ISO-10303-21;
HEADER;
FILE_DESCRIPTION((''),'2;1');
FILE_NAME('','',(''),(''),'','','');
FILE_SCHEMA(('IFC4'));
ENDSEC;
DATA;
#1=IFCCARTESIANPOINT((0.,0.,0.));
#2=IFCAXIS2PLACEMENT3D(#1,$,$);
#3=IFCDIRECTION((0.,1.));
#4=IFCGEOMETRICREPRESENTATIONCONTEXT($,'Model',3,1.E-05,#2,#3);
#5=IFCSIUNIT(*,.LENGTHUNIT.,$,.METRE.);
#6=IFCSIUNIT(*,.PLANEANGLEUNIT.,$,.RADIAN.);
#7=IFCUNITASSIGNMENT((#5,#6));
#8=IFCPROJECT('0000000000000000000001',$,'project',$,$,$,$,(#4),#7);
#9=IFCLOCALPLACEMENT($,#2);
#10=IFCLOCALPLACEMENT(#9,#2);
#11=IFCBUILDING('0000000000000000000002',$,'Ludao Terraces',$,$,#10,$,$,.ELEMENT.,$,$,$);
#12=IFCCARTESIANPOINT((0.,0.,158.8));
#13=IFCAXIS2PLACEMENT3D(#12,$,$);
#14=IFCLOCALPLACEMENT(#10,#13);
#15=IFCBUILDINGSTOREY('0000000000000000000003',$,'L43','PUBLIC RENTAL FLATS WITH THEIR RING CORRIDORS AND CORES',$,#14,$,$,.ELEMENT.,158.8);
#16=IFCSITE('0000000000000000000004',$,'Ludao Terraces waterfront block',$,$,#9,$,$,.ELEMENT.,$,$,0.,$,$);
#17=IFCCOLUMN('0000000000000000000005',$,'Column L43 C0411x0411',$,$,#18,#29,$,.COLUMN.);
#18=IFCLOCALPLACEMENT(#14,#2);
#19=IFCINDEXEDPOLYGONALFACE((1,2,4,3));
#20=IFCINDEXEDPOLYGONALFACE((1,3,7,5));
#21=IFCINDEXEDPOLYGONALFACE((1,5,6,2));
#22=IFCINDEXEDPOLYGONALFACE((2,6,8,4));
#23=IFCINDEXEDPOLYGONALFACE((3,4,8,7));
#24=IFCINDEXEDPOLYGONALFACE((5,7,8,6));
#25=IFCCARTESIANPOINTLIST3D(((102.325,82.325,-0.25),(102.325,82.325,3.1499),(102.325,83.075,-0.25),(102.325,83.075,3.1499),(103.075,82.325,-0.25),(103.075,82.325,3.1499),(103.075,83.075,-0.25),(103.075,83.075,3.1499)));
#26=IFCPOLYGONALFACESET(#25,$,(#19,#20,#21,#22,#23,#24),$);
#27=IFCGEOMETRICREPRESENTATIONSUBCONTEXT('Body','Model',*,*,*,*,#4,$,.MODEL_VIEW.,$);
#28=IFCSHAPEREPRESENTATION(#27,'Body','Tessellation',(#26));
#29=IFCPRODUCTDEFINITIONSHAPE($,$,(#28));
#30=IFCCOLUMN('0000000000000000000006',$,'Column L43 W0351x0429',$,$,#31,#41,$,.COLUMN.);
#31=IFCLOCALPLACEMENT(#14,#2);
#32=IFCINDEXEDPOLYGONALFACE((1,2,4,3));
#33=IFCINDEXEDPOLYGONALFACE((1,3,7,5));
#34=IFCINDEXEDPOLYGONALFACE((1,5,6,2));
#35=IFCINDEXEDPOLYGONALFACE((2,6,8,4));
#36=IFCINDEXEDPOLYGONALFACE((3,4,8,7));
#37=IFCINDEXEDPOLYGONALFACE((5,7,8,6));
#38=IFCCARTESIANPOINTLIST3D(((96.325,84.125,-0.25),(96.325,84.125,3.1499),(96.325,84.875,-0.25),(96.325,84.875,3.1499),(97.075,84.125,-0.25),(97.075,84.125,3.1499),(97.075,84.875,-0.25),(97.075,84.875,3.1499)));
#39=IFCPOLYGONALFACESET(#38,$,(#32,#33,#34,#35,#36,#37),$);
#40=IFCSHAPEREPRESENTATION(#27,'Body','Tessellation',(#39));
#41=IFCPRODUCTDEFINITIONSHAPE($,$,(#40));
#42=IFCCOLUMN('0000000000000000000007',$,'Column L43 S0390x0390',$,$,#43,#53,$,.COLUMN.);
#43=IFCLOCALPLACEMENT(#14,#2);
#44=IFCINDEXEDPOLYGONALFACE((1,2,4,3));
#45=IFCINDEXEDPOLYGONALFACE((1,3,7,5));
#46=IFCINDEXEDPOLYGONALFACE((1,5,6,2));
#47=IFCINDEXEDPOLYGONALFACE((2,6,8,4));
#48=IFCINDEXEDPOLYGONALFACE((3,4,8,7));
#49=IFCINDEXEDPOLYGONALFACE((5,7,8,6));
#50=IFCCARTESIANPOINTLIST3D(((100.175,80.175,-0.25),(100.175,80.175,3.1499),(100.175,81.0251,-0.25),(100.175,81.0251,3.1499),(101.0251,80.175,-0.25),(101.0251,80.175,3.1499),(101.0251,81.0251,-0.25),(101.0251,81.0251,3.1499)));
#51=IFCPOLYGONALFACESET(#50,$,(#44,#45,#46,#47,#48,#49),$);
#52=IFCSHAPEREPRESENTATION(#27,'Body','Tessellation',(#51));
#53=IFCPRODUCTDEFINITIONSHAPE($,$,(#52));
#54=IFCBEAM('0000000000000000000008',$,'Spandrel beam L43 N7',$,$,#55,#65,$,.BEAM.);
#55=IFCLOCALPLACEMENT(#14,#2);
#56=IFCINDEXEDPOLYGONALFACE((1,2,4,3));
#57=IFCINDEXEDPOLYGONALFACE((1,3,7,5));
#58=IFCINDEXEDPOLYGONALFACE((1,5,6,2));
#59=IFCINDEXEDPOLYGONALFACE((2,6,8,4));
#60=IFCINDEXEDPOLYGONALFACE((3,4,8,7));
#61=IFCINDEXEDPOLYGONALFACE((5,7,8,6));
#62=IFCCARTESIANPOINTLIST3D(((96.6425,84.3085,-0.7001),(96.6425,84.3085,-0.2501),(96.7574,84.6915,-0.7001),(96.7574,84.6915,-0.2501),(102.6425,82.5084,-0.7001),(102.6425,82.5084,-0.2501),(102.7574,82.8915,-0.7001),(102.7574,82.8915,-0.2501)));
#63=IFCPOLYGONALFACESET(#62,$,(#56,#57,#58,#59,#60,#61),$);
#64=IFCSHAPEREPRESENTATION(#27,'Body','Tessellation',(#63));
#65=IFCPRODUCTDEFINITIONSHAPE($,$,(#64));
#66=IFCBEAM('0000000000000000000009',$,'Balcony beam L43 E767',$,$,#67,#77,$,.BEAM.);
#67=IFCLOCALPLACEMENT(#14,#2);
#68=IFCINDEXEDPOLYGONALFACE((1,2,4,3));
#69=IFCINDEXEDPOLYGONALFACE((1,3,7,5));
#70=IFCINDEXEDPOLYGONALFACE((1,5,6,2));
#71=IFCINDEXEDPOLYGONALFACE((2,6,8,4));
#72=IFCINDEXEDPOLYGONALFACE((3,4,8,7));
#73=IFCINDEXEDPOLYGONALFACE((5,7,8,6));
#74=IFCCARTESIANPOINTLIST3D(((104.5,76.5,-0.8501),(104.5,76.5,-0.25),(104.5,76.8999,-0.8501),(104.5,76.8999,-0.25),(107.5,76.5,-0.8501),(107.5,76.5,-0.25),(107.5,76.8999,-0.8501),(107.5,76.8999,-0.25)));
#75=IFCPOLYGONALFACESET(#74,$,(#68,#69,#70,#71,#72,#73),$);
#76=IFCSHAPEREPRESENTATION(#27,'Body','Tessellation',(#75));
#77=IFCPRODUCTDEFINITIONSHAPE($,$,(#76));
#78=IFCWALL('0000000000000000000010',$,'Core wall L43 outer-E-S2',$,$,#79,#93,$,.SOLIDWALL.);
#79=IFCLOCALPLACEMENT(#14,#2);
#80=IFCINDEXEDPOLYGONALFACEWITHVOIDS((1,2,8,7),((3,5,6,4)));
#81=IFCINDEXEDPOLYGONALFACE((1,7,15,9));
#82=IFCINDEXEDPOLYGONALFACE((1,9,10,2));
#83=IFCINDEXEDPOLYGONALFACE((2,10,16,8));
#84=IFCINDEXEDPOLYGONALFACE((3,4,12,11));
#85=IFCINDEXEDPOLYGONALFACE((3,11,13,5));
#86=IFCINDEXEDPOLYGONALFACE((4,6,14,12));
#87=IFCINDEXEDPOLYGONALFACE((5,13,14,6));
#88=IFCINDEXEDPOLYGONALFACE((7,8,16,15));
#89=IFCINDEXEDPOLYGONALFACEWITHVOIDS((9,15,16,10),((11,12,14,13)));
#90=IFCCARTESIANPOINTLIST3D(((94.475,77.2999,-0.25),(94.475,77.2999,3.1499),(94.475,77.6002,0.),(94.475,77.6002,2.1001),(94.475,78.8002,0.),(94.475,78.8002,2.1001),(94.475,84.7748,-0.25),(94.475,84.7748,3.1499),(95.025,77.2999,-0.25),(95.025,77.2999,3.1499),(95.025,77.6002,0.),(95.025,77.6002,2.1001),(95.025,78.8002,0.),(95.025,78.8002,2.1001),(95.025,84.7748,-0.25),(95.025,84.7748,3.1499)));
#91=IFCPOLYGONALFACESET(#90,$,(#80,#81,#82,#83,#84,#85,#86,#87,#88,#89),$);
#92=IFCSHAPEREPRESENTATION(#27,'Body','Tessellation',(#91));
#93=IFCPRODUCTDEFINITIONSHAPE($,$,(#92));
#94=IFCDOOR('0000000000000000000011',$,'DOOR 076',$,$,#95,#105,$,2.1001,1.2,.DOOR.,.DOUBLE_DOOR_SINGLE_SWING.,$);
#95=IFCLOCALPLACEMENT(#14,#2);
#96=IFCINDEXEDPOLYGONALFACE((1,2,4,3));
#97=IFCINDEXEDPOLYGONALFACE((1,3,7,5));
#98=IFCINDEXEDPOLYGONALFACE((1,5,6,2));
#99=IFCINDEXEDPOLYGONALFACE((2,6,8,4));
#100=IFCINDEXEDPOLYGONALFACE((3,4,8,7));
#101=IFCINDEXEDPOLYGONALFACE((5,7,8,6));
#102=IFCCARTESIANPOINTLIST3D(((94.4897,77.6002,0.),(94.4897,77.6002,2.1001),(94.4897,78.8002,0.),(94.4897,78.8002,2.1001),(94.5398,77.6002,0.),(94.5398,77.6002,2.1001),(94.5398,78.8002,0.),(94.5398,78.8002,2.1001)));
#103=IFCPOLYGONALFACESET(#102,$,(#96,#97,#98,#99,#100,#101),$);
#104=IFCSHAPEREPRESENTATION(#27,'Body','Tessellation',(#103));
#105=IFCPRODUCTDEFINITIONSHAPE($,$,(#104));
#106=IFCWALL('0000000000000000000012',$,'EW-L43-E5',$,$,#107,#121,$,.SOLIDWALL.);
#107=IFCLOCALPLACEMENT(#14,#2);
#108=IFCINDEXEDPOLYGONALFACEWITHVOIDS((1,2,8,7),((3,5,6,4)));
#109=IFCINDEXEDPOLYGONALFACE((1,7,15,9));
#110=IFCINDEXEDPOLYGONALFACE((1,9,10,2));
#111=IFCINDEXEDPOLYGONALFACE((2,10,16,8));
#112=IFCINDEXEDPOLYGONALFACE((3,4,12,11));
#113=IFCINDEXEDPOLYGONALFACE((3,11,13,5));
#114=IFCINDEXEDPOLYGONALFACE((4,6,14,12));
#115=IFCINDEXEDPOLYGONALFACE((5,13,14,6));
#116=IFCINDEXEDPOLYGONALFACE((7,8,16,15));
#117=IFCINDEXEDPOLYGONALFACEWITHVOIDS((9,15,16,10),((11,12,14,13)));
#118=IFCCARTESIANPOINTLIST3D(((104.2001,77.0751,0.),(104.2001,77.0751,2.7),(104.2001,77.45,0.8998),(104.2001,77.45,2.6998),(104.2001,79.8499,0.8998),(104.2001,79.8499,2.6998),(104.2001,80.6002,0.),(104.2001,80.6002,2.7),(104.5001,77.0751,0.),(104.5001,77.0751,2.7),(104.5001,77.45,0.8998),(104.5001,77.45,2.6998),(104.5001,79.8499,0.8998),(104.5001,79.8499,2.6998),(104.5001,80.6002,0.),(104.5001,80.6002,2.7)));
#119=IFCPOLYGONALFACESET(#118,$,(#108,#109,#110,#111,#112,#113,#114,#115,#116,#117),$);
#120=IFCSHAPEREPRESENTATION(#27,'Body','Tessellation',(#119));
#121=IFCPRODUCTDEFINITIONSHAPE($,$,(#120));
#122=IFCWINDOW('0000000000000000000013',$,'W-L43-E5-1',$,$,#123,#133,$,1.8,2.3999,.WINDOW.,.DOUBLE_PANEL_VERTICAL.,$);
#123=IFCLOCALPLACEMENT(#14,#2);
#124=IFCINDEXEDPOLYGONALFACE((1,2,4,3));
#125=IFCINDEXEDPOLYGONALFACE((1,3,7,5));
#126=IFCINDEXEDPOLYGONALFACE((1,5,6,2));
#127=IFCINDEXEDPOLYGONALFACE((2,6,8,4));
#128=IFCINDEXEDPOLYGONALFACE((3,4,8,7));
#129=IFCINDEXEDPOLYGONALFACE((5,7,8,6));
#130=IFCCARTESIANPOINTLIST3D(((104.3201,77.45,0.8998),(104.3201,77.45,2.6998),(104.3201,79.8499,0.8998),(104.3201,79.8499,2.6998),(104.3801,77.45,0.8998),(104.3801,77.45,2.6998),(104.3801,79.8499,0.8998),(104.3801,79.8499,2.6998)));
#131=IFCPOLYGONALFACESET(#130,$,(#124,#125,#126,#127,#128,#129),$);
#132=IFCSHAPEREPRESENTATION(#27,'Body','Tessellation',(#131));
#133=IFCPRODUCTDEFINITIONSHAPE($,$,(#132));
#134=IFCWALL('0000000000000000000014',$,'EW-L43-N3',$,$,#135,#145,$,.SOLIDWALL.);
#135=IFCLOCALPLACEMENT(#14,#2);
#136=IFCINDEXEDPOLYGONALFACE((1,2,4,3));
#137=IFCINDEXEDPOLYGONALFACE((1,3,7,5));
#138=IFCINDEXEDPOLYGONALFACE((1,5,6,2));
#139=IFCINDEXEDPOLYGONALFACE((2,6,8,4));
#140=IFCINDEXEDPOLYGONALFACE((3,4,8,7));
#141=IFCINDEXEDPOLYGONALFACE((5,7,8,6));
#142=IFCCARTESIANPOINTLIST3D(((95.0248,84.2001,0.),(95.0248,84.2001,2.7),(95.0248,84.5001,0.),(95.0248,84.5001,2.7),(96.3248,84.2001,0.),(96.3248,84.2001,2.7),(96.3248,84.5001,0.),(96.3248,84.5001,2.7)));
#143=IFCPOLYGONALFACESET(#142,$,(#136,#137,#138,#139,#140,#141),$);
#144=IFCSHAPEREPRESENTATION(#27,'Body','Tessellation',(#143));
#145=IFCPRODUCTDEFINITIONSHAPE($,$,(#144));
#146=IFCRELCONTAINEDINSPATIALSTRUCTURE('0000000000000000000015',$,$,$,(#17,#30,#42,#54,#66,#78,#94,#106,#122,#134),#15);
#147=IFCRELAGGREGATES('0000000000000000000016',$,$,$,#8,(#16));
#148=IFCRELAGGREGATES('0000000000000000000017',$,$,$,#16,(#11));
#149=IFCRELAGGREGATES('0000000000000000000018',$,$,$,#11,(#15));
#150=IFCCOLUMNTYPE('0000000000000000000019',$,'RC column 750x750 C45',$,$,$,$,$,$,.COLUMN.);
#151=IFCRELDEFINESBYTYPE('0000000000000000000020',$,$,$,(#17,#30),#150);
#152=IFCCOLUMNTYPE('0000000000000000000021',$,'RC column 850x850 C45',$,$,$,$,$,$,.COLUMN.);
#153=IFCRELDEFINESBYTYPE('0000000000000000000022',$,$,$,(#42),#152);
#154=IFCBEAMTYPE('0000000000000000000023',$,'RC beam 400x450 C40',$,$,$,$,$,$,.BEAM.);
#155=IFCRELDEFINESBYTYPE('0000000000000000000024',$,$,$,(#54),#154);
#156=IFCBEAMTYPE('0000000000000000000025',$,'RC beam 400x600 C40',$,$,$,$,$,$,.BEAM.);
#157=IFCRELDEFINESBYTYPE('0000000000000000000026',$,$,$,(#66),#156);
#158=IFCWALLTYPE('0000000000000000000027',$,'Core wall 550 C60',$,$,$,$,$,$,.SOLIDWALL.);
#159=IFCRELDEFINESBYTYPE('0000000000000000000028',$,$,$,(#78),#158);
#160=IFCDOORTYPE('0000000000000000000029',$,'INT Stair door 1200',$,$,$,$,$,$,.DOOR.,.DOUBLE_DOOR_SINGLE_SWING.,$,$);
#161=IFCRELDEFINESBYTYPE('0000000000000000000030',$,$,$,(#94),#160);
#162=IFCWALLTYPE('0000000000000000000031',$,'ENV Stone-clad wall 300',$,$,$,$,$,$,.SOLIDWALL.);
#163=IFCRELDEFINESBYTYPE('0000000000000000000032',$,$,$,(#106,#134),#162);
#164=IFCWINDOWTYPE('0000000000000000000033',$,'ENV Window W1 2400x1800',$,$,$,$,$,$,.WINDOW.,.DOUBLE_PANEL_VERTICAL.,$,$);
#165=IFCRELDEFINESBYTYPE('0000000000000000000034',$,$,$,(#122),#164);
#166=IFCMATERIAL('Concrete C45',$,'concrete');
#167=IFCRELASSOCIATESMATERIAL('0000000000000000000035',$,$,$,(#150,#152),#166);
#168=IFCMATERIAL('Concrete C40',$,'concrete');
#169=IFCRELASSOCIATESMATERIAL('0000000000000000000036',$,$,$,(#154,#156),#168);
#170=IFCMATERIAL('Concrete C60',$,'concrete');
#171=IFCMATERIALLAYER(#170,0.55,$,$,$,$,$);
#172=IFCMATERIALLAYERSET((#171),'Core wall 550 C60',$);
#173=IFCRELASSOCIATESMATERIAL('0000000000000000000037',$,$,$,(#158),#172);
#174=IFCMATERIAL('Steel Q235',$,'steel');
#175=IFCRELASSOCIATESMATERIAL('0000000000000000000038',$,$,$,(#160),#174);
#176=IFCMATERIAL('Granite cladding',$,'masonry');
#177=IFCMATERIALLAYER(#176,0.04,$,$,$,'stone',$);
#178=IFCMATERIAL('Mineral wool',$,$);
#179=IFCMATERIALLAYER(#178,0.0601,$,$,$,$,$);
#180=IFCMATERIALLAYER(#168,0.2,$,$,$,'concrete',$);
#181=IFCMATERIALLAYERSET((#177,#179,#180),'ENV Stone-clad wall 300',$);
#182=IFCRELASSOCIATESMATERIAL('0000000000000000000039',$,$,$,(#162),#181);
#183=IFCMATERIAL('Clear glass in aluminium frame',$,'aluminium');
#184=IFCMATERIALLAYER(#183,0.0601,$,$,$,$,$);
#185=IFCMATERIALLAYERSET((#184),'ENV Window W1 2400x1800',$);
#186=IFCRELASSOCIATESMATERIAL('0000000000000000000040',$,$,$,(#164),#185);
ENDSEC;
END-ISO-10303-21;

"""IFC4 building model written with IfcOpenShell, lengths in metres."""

from ifc_helpers import new_model, si_unit, direction, frame, frame_2d, origin, origin_2d, place, context, subcontext, project, spatial, rectangle, extrude, material, layer, layer_set, material_profile, profile_set, type_object, element, fill, save


model = new_model("IFC4")

# Units and contexts
model_context = context("Model", 3, precision=1e-05, world=origin(), true_north=direction((0.0, 1.0)))
body_context = subcontext(model_context, "Body", "Model", "MODEL_VIEW")
ifc_project = project(units=[si_unit("LENGTHUNIT", "METRE"), si_unit("PLANEANGLEUNIT", "RADIAN")], contexts=[model_context])

# Site, building, storey
site_placement = place(None, origin())
site = spatial("IfcSite", under=ifc_project, at=site_placement, Name="Ludao Terraces waterfront block", CompositionType="ELEMENT", RefElevation=0.0)
building_placement = place(site_placement, origin())
building = spatial("IfcBuilding", under=site, at=building_placement, Name="Ludao Terraces", CompositionType="ELEMENT")
storey_placement = place(building_placement, frame((0.0, 0.0, 158.8)))
storey = spatial("IfcBuildingStorey", under=building, at=storey_placement, Name="L43", Description="PUBLIC RENTAL FLATS WITH THEIR RING CORRIDORS AND CORES", CompositionType="ELEMENT", Elevation=158.8)

# Columns
ifc_material_1 = material(Name="Concrete C45", Category="concrete")
ifc_material_profile_1 = material_profile(ifc_material_1, rectangle(XDim=0.75, YDim=0.75, at=origin_2d()), Name="750 X 750")
ifc_profile_set_1 = profile_set([ifc_material_profile_1], Name="Concrete C45")
column_type_1 = type_object("IfcColumnType", Name="RC column 750x750 C45", PredefinedType="COLUMN", material=ifc_profile_set_1)
for number, where, z_axis, x_axis, name in (
    (1, (102.7, 82.7, -0.25), (0.0, 0.0, 1.0), (1.0, 0.0, 0.0), "Column L43 C0411x0411"),
    (2, (96.7, 84.5, -0.25), (0.0, 0.0, 1.0), (1.0, 0.0, 0.0), "Column L43 W0351x0429"),
):
    element("IfcColumn", number, at=place(storey_placement, frame(where, z_axis=z_axis, x_axis=x_axis)), inside=storey, type_object=column_type_1, Name=name, PredefinedType="COLUMN", context=body_context, shape_type="SweptSolid", body=[
        extrude(rectangle(XDim=0.75, YDim=0.75, at=origin_2d()), origin(), (0.0, 0.0, 1.0), 3.3999),
    ])
ifc_material_profile_2 = material_profile(ifc_material_1, rectangle(XDim=0.8501, YDim=0.8501, at=origin_2d()), Name="850 X 850")
ifc_profile_set_2 = profile_set([ifc_material_profile_2], Name="Concrete C45")
column_type_2 = type_object("IfcColumnType", Name="RC column 850x850 C45", PredefinedType="COLUMN", material=ifc_profile_set_2)
column_placement = place(storey_placement, frame((100.6001, 80.6001, -0.25), z_axis=(0.0, 0.0, 1.0), x_axis=(1.0, 0.0, 0.0)))
element("IfcColumn", 3, at=column_placement, inside=storey, type_object=column_type_2, Name="Column L43 S0390x0390", PredefinedType="COLUMN", context=body_context, shape_type="SweptSolid", body=[
    extrude(rectangle(XDim=0.8501, YDim=0.8501, at=origin_2d()), origin(), (0.0, 0.0, 1.0), 3.3999),
])

# Beams
ifc_material_2 = material(Name="Concrete C40", Category="concrete")
ifc_material_profile_3 = material_profile(ifc_material_2, rectangle(XDim=0.3999, YDim=0.45, at=origin_2d()), Name="400 X 450")
ifc_profile_set_3 = profile_set([ifc_material_profile_3], Name="Concrete C40")
beam_type_1 = type_object("IfcBeamType", Name="RC beam 400x450 C40", PredefinedType="BEAM", material=ifc_profile_set_3)
beam_1_placement = place(storey_placement, frame((96.7, 84.5, -0.4751), z_axis=(0.957824, -0.287355, 0.0), x_axis=(0.287355, 0.957824, 0.0)))
element("IfcBeam", 4, at=beam_1_placement, inside=storey, type_object=beam_type_1, Name="Spandrel beam L43 N7", PredefinedType="BEAM", context=body_context, shape_type="SweptSolid", body=[
    extrude(rectangle(XDim=0.3999, YDim=0.45, at=origin_2d()), origin(), (0.0, 0.0, 1.0), 6.2642),
])
ifc_material_profile_4 = material_profile(ifc_material_2, rectangle(XDim=0.3999, YDim=0.6001, at=origin_2d()), Name="400 X 600")
ifc_profile_set_4 = profile_set([ifc_material_profile_4], Name="Concrete C40")
beam_type_2 = type_object("IfcBeamType", Name="RC beam 400x600 C40", PredefinedType="BEAM", material=ifc_profile_set_4)
beam_2_placement = place(storey_placement, frame((104.5, 76.7, -0.55), z_axis=(1.0, 0.0, 0.0), x_axis=(0.0, 1.0, 0.0)))
element("IfcBeam", 5, at=beam_2_placement, inside=storey, type_object=beam_type_2, Name="Balcony beam L43 E767", PredefinedType="BEAM", context=body_context, shape_type="SweptSolid", body=[
    extrude(rectangle(XDim=0.3999, YDim=0.6001, at=origin_2d()), origin(), (0.0, 0.0, 1.0), 3.0),
])

# Wall, opening, door
ifc_material_3 = material(Name="Concrete C60", Category="concrete")
ifc_layer_1 = layer(ifc_material_3, 0.55)
ifc_layer_set_1 = layer_set([ifc_layer_1], Name="Core wall 550 C60")
wall_type_1 = type_object("IfcWallType", Name="Core wall 550 C60", PredefinedType="SOLIDWALL", material=ifc_layer_set_1)
wall_1_placement = place(storey_placement, frame((94.75, 77.3, -0.25), z_axis=(0.0, 0.0, 1.0), x_axis=(0.0, 1.0, 0.0)))
wall_1 = element("IfcWall", 6, at=wall_1_placement, inside=storey, type_object=wall_type_1, Name="Core wall L43 outer-E-S2", PredefinedType="SOLIDWALL", context=body_context, shape_type="SweptSolid", body=[
    extrude(rectangle(XDim=7.4749, YDim=0.55, at=frame_2d((3.7373, 0.0))), origin(), (0.0, 0.0, 1.0), 3.3999),
])
opening_1_placement = place(wall_1_placement, frame((0.3, 0.0, 0.25)))
opening_1 = element("IfcOpeningElement", 7, at=opening_1_placement, cuts=wall_1, PredefinedType="OPENING", context=body_context, shape_type="SweptSolid", body=[
    extrude(rectangle(XDim=1.2, YDim=2.1001, at=frame_2d((0.6001, 1.05))), frame((0.0, 0.2852, 0.0), z_axis=(0.0, -1.0, 0.0), x_axis=(1.0, 0.0, 0.0)), (0.0, 0.0, 1.0), 0.5701),
])
ifc_material_4 = material(Name="Steel Q235", Category="steel")
door_type_1 = type_object("IfcDoorType", Name="INT Stair door 1200", OperationType="DOUBLE_DOOR_SINGLE_SWING", PredefinedType="DOOR", material=ifc_material_4)
door_1_placement = place(opening_1_placement, origin())
door_1 = element("IfcDoor", 8, at=door_1_placement, inside=storey, type_object=door_type_1, Name="DOOR 076", OperationType="DOUBLE_DOOR_SINGLE_SWING", OverallHeight=2.1001, OverallWidth=1.2, PredefinedType="DOOR", context=body_context, shape_type="SweptSolid", body=[
    extrude(rectangle(XDim=1.2, YDim=2.1001, at=frame_2d((0.6001, 1.05))), frame((0.0, 0.2603, 0.0), z_axis=(0.0, -1.0, 0.0), x_axis=(1.0, 0.0, 0.0)), (0.0, 0.0, 1.0), 0.05),
])
fill(opening_1, door_1)

# Wall, opening, window
ifc_material_5 = material(Name="Granite cladding", Category="masonry")
ifc_layer_2 = layer(ifc_material_5, 0.04, Category="stone")
ifc_material_6 = material(Name="Mineral wool")
ifc_layer_3 = layer(ifc_material_6, 0.0601)
ifc_layer_4 = layer(ifc_material_2, 0.2, Category="concrete")
ifc_layer_set_2 = layer_set([ifc_layer_2, ifc_layer_3, ifc_layer_4], Name="ENV Stone-clad wall 300")
wall_type_2 = type_object("IfcWallType", Name="ENV Stone-clad wall 300", PredefinedType="SOLIDWALL", material=ifc_layer_set_2)
wall_2_placement = place(storey_placement, frame((104.3501, 77.075, 0.0), z_axis=(0.0, 0.0, 1.0), x_axis=(0.0, 1.0, 0.0)))
wall_2 = element("IfcWall", 9, at=wall_2_placement, inside=storey, type_object=wall_type_2, Name="EW-L43-E5", PredefinedType="SOLIDWALL", context=body_context, shape_type="SweptSolid", body=[
    extrude(rectangle(XDim=3.5251, YDim=0.3, at=frame_2d((1.7627, 0.0))), origin(), (0.0, 0.0, 1.0), 2.7),
])
opening_2_placement = place(wall_2_placement, frame((0.375, 0.0, 0.8999)))
opening_2 = element("IfcOpeningElement", 10, at=opening_2_placement, cuts=wall_2, PredefinedType="OPENING", context=body_context, shape_type="SweptSolid", body=[
    extrude(rectangle(XDim=2.3999, YDim=1.8, at=frame_2d((1.2, 0.8999))), frame((0.0, 0.1602, 0.0), z_axis=(0.0, -1.0, 0.0), x_axis=(1.0, 0.0, 0.0)), (0.0, 0.0, 1.0), 0.3201),
])
ifc_material_7 = material(Name="Clear glass in aluminium frame", Category="aluminium")
ifc_layer_5 = layer(ifc_material_7, 0.0601)
ifc_layer_set_3 = layer_set([ifc_layer_5], Name="ENV Window W1 2400x1800")
window_type_1 = type_object("IfcWindowType", Name="ENV Window W1 2400x1800", PartitioningType="DOUBLE_PANEL_VERTICAL", PredefinedType="WINDOW", material=ifc_layer_set_3)
window_1_placement = place(opening_2_placement, origin())
window_1 = element("IfcWindow", 11, at=window_1_placement, inside=storey, type_object=window_type_1, Name="W-L43-E5-1", OverallHeight=1.8, OverallWidth=2.3999, PartitioningType="DOUBLE_PANEL_VERTICAL", PredefinedType="WINDOW", context=body_context, shape_type="SweptSolid", body=[
    extrude(rectangle(XDim=2.3999, YDim=1.8, at=frame_2d((1.2, 0.8999))), frame((0.0, 0.03, 0.0), z_axis=(0.0, -1.0, 0.0), x_axis=(1.0, 0.0, 0.0)), (0.0, 0.0, 1.0), 0.0601),
])
fill(opening_2, window_1)

# Wall
wall_3_placement = place(storey_placement, frame((95.0249, 84.3501, 0.0), z_axis=(0.0, 0.0, 1.0), x_axis=(1.0, 0.0, 0.0)))
element("IfcWall", 12, at=wall_3_placement, inside=storey, type_object=wall_type_2, Name="EW-L43-N3", PredefinedType="SOLIDWALL", context=body_context, shape_type="SweptSolid", body=[
    extrude(rectangle(XDim=1.3, YDim=0.3, at=frame_2d((0.6499, 0.0))), origin(), (0.0, 0.0, 1.0), 2.7),
])

save(model, "model.ifc")
